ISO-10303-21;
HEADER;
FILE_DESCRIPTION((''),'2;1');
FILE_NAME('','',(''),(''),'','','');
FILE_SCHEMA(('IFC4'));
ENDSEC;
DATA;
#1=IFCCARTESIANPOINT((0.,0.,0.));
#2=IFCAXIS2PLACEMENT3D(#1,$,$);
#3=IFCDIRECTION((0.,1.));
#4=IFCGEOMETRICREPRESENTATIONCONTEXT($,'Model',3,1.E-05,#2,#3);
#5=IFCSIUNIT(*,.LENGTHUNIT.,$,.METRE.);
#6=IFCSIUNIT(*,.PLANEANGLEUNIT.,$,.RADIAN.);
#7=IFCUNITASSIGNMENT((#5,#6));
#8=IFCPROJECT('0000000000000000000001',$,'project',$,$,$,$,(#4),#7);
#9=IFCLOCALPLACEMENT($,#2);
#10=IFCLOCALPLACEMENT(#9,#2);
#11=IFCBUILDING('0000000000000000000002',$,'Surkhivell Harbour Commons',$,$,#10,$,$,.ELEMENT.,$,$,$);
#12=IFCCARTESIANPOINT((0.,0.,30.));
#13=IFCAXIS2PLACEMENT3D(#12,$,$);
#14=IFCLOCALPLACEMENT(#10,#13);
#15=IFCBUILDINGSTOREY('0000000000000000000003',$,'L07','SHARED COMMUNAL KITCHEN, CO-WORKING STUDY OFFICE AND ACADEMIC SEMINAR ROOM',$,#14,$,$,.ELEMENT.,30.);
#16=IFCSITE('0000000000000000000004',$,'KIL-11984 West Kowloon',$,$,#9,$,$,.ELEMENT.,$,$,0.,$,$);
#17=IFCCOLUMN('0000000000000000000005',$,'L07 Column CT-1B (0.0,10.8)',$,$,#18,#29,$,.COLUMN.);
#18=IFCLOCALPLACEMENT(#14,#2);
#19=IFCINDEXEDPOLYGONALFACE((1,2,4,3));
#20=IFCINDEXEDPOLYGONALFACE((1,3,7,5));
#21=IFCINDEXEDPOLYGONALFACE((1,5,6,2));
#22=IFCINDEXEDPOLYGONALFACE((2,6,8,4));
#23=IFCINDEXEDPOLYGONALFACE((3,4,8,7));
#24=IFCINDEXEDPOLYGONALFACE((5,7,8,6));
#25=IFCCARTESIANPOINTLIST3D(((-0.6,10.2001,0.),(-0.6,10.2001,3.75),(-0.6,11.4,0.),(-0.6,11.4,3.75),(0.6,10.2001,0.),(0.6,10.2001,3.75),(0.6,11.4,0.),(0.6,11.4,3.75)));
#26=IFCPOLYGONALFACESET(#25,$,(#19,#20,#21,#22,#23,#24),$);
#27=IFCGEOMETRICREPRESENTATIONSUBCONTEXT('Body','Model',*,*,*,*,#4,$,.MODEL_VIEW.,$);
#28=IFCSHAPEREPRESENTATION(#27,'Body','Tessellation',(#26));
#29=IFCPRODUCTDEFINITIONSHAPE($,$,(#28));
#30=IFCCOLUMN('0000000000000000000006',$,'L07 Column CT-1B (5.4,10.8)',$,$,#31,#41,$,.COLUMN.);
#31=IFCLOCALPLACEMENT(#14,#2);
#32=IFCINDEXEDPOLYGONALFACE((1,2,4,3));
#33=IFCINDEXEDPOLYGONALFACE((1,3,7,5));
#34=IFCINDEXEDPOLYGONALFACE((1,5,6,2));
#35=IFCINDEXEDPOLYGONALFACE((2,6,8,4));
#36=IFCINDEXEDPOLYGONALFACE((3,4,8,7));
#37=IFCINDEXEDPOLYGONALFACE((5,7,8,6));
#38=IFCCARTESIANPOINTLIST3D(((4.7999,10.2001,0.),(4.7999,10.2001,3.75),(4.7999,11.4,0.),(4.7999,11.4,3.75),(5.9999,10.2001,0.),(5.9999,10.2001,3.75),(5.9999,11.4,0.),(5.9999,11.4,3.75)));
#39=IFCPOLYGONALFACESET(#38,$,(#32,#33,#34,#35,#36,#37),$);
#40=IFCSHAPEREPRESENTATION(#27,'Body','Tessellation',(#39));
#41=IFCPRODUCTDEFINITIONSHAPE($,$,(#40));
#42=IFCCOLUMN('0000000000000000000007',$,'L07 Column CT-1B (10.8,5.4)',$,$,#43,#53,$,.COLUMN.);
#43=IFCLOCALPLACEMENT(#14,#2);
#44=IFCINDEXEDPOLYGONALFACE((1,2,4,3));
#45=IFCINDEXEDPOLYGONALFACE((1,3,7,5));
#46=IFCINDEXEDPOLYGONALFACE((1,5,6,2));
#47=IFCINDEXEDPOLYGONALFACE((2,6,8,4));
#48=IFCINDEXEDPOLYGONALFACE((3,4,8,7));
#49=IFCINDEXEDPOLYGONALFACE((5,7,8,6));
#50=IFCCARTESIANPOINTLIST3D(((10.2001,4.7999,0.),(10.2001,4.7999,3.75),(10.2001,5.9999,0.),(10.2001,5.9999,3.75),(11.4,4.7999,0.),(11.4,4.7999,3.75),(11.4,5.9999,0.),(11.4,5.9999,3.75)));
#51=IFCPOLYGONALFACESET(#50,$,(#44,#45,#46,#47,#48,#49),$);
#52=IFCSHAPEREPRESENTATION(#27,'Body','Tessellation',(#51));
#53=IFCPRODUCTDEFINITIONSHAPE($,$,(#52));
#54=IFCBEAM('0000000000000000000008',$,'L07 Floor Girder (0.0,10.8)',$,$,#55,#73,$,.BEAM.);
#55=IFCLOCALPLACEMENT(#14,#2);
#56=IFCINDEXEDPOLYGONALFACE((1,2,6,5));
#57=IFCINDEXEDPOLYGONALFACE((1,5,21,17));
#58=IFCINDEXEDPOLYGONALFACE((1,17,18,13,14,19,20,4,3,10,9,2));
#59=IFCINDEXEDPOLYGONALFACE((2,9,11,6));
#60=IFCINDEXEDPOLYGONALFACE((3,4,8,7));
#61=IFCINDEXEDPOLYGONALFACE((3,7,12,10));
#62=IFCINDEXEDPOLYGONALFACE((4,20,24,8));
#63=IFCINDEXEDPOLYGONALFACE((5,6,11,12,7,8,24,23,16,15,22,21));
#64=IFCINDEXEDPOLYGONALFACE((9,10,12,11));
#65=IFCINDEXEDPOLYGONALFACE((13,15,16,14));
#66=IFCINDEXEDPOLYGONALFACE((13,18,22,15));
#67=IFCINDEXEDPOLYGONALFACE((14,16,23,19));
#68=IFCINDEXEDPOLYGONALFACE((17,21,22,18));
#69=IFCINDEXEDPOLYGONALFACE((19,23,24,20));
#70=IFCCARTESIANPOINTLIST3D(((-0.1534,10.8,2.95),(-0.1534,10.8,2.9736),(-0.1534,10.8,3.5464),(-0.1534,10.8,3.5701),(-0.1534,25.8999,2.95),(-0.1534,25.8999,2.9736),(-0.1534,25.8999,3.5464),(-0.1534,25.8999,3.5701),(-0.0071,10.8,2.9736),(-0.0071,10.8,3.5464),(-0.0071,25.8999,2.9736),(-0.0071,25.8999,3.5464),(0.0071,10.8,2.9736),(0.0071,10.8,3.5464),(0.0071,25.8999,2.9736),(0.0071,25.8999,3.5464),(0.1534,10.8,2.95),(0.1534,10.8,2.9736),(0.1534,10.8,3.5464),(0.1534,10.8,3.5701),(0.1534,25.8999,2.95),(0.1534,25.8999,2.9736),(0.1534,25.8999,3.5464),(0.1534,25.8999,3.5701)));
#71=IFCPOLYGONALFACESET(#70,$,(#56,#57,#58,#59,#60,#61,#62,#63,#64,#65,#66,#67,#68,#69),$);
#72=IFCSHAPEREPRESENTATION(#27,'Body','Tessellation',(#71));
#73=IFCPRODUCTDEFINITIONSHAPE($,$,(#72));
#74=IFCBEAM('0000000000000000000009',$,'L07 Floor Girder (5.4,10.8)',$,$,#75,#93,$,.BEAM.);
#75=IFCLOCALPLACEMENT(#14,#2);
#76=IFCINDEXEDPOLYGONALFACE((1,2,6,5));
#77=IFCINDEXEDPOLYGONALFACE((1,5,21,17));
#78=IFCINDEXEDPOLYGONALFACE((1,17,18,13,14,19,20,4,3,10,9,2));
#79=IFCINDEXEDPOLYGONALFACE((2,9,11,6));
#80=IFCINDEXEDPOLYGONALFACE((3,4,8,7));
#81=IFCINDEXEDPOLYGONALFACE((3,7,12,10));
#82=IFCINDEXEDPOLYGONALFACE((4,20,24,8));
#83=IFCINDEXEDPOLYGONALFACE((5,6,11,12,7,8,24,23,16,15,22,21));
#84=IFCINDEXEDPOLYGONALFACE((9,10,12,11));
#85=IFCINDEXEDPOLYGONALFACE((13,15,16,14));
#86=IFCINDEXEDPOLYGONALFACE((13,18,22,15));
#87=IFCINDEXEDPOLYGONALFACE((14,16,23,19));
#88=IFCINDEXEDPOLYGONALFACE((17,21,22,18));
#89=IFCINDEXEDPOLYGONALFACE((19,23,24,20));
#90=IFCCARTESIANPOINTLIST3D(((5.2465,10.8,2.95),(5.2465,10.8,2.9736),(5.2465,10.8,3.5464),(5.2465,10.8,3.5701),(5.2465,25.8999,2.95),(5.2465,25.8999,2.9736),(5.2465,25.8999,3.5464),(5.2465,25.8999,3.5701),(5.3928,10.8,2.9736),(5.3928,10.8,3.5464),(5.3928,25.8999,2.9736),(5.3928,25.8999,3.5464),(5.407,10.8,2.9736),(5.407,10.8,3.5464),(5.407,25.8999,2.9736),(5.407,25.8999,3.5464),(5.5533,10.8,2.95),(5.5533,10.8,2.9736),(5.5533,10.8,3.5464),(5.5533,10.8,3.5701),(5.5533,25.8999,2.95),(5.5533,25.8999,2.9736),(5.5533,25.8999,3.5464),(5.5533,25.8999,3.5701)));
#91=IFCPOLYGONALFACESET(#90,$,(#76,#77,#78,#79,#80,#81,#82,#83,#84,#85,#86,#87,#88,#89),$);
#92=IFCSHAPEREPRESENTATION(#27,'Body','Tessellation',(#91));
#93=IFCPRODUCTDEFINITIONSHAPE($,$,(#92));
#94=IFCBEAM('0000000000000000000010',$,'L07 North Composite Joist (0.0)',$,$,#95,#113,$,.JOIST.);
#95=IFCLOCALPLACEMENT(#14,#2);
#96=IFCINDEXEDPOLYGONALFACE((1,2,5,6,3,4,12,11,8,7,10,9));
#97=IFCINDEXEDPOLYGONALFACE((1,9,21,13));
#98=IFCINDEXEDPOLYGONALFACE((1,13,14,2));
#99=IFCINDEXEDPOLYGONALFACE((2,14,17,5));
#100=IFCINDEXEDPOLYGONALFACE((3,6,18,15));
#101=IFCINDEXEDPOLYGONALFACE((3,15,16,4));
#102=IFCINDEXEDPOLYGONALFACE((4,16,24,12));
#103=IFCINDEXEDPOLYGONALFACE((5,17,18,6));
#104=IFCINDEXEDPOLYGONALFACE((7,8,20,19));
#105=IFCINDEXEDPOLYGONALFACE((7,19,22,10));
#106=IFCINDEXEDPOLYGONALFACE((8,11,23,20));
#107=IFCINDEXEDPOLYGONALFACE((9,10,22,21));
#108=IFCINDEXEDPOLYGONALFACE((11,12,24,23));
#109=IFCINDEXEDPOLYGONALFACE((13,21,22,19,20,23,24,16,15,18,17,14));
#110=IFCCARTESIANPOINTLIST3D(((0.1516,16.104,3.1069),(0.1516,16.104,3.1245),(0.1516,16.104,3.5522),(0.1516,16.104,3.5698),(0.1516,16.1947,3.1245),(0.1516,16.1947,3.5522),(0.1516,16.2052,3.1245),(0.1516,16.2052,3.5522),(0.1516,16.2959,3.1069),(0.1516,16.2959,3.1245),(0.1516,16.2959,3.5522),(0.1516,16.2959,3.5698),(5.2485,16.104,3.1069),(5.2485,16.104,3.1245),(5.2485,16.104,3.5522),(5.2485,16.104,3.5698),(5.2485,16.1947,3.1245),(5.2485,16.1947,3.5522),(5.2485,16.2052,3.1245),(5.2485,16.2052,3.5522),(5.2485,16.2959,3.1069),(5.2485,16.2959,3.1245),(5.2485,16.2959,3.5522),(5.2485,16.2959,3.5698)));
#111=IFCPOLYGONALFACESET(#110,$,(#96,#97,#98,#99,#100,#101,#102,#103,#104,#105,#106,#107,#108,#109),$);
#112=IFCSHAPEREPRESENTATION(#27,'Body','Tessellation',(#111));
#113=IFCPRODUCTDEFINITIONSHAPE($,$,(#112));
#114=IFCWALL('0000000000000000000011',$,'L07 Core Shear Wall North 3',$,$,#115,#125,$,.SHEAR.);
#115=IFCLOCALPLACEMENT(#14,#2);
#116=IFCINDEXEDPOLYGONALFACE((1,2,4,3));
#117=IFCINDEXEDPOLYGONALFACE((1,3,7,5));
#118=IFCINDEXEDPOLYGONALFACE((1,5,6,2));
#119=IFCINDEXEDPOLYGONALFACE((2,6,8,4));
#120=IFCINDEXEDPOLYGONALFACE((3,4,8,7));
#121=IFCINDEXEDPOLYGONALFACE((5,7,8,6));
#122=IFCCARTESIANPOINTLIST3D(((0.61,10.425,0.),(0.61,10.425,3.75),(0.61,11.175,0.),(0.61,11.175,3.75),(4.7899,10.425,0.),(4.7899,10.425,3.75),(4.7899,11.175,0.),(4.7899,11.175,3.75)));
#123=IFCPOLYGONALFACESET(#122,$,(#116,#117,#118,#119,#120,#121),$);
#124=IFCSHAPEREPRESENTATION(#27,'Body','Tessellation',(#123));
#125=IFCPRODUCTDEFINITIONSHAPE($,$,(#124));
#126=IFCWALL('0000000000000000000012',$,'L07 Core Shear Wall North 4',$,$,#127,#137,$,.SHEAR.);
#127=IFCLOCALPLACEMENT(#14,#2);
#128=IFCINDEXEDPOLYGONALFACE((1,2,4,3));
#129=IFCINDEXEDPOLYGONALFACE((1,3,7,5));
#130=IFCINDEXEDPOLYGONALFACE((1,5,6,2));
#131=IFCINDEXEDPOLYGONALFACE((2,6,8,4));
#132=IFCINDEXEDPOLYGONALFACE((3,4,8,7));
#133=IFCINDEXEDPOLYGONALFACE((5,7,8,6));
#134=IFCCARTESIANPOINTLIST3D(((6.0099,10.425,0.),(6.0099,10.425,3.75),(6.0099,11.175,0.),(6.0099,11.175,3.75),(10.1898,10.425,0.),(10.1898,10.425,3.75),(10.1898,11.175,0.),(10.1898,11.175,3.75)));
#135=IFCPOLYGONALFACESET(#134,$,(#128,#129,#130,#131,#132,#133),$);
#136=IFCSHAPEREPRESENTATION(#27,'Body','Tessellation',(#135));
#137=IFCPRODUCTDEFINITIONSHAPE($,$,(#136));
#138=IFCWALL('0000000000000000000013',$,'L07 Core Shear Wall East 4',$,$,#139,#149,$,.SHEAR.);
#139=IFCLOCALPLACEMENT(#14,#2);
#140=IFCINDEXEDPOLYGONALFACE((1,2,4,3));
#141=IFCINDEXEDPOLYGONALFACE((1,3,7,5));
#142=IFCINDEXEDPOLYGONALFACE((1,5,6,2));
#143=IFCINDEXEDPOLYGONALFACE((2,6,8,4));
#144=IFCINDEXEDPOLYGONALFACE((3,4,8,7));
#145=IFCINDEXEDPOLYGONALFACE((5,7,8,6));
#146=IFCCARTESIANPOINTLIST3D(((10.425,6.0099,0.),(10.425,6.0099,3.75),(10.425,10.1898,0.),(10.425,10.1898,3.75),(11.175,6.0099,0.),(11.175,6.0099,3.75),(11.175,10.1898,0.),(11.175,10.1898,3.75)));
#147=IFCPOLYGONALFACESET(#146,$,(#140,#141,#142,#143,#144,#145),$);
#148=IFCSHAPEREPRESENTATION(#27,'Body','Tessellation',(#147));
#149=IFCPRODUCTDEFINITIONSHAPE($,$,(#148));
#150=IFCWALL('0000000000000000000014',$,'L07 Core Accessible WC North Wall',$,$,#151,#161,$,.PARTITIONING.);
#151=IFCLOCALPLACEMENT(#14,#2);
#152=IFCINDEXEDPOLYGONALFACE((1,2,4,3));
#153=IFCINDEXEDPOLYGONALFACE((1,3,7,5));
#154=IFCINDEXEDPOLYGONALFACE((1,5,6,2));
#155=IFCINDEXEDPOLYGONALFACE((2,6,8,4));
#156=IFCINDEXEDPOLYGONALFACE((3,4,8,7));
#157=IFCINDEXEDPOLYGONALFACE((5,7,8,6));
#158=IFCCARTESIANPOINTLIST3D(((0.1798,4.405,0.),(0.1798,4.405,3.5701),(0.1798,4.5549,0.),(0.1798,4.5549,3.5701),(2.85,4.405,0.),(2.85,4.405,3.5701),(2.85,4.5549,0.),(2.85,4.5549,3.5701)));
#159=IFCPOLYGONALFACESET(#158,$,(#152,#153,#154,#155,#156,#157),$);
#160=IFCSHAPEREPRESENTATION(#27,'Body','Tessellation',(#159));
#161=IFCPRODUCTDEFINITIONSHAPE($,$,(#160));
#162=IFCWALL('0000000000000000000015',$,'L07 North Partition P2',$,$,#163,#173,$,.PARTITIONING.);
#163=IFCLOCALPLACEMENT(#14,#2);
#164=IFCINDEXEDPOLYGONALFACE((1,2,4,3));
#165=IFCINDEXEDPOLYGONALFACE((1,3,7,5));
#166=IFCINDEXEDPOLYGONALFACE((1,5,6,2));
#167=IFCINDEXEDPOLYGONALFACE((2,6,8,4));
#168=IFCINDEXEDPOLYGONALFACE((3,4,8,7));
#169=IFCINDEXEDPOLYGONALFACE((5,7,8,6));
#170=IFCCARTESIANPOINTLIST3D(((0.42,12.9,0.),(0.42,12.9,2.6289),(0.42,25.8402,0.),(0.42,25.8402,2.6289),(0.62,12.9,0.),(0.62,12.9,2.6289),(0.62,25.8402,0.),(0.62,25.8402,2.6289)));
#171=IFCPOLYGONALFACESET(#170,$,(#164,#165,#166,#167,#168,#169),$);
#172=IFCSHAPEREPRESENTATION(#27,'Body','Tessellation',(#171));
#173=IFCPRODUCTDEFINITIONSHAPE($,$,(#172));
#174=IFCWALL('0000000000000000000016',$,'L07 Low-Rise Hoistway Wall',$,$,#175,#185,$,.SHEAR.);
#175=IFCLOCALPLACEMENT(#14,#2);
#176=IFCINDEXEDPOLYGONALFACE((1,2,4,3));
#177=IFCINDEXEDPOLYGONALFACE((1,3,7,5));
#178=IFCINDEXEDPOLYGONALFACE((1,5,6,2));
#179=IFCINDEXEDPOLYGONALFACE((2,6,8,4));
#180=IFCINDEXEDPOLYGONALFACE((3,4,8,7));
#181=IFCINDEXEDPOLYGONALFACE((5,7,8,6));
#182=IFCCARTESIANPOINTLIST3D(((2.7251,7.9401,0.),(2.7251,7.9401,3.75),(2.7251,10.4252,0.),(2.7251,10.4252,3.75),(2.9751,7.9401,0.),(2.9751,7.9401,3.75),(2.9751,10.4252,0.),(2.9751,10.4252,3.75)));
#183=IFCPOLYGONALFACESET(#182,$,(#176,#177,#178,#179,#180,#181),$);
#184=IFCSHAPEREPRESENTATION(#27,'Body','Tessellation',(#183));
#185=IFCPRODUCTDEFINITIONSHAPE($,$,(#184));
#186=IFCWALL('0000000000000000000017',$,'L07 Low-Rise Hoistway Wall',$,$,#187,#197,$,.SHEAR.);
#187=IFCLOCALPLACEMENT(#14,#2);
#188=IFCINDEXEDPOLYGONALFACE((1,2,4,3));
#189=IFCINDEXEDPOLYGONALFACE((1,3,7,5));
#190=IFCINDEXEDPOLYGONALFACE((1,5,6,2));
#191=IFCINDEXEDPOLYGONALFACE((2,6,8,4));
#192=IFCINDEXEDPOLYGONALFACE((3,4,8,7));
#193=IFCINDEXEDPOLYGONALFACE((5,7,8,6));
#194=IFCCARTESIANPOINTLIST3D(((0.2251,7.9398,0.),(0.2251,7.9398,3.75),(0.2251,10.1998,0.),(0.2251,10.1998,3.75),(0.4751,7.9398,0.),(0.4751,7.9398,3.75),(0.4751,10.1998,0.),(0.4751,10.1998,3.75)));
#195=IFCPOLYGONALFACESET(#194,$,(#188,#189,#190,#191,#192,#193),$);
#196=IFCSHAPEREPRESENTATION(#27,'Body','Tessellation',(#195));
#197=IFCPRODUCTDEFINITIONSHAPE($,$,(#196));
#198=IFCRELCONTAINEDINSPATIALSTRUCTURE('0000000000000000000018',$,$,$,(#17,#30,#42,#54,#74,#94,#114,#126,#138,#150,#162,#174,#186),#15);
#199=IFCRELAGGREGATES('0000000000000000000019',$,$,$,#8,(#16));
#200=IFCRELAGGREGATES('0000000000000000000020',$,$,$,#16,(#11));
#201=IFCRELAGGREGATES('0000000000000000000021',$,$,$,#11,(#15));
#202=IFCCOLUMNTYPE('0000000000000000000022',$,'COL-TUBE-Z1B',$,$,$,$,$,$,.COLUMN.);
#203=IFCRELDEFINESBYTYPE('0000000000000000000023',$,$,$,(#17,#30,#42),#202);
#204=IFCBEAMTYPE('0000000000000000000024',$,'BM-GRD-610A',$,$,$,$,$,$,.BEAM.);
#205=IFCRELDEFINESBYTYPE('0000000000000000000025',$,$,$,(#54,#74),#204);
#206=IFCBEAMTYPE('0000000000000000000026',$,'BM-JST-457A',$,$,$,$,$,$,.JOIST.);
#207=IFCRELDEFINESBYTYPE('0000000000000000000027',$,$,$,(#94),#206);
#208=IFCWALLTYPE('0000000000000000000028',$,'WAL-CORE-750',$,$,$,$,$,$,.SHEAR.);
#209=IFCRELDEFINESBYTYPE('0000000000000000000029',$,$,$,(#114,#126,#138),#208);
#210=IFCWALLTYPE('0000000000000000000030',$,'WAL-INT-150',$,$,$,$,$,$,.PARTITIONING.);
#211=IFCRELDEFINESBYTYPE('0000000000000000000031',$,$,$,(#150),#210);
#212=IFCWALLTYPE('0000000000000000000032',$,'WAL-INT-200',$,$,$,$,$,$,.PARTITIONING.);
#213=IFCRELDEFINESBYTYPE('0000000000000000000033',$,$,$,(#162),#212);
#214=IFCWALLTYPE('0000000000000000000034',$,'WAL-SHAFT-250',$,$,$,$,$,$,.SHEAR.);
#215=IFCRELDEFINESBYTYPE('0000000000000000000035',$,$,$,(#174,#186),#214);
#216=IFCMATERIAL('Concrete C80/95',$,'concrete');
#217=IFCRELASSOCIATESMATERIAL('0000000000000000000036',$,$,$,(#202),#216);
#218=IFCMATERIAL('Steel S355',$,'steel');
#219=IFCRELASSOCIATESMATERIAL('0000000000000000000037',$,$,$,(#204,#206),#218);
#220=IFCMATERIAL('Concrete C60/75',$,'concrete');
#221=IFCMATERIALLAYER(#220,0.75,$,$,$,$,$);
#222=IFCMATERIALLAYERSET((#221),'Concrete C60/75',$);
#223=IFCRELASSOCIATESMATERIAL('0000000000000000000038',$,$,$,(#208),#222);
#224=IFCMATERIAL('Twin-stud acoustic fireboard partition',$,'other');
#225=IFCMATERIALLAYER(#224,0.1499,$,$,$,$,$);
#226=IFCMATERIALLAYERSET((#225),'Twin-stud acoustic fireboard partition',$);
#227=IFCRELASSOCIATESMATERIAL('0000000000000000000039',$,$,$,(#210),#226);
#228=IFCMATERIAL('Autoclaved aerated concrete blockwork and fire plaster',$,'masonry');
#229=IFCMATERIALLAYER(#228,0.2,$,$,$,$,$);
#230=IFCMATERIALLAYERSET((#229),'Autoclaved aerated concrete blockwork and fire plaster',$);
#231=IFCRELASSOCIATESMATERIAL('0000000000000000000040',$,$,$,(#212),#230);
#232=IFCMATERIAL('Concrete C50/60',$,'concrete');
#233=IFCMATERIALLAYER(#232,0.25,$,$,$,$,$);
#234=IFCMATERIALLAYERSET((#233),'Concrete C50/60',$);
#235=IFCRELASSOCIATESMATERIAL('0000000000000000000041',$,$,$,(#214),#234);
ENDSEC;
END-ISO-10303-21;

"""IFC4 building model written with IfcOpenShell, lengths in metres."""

from ifc_helpers import new_model, si_unit, direction, frame, frame_2d, origin, origin_2d, place, context, subcontext, project, spatial, rectangle, i_section, extrude, material, layer, layer_set, material_profile, profile_set, type_object, element, save


model = new_model("IFC4")

# Units and contexts
model_context = context("Model", 3, precision=1e-05, world=origin(), true_north=direction((0.0, 1.0)))
body_context = subcontext(model_context, "Body", "Model", "MODEL_VIEW")
ifc_project = project(units=[si_unit("LENGTHUNIT", "METRE"), si_unit("PLANEANGLEUNIT", "RADIAN")], contexts=[model_context])

# Site, building, storey
site_placement = place(None, origin())
site = spatial("IfcSite", under=ifc_project, at=site_placement, Name="KIL-11984 West Kowloon", CompositionType="ELEMENT", RefElevation=0.0)
building_placement = place(site_placement, origin())
building = spatial("IfcBuilding", under=site, at=building_placement, Name="Surkhivell Harbour Commons", CompositionType="ELEMENT")
storey_placement = place(building_placement, frame((0.0, 0.0, 30.0)))
storey = spatial("IfcBuildingStorey", under=building, at=storey_placement, Name="L07", Description="SHARED COMMUNAL KITCHEN, CO-WORKING STUDY OFFICE AND ACADEMIC SEMINAR ROOM", CompositionType="ELEMENT", Elevation=30.0)

# Columns
ifc_material_1 = material(Name="Concrete C80/95", Category="concrete")
ifc_material_profile_1 = material_profile(ifc_material_1, rectangle(XDim=1.2, YDim=1.2, at=origin_2d()), Name="RC-COL-1200x1200")
ifc_profile_set_1 = profile_set([ifc_material_profile_1], Name="Concrete C80/95")
column_type = type_object("IfcColumnType", Name="COL-TUBE-Z1B", PredefinedType="COLUMN", material=ifc_profile_set_1)
for number, where, z_axis, x_axis, name in (
    (1, (0.0, 10.8, 0.0), (0.0, 0.0, 1.0), (1.0, 0.0, 0.0), "L07 Column CT-1B (0.0,10.8)"),
    (2, (5.3999, 10.8, 0.0), (0.0, 0.0, 1.0), (1.0, 0.0, 0.0), "L07 Column CT-1B (5.4,10.8)"),
    (3, (10.8, 5.3999, 0.0), (0.0, 0.0, 1.0), (1.0, 0.0, 0.0), "L07 Column CT-1B (10.8,5.4)"),
):
    element("IfcColumn", number, at=place(storey_placement, frame(where, z_axis=z_axis, x_axis=x_axis)), inside=storey, type_object=column_type, Name=name, PredefinedType="COLUMN", context=body_context, shape_type="SweptSolid", body=[
        extrude(rectangle(XDim=1.2, YDim=1.2, at=origin_2d()), origin(), (0.0, 0.0, 1.0), 3.75),
    ])

# Beams
ifc_material_2 = material(Name="Steel S355", Category="steel")
ifc_material_profile_2 = material_profile(ifc_material_2, i_section(OverallWidth=0.3069, OverallDepth=0.6201, WebThickness=0.0142, FlangeThickness=0.0237, at=origin_2d()), Name="UB610x305x179")
ifc_profile_set_2 = profile_set([ifc_material_profile_2], Name="Steel S355")
beam_type_1 = type_object("IfcBeamType", Name="BM-GRD-610A", PredefinedType="BEAM", material=ifc_profile_set_2)
for number, where, z_axis, x_axis, name in (
    (4, (0.0, 10.8, 3.26), (0.0, 1.0, 0.0), (-1.0, 0.0, 0.0), "L07 Floor Girder (0.0,10.8)"),
    (5, (5.3999, 10.8, 3.26), (0.0, 1.0, 0.0), (-1.0, 0.0, 0.0), "L07 Floor Girder (5.4,10.8)"),
):
    element("IfcBeam", number, at=place(storey_placement, frame(where, z_axis=z_axis, x_axis=x_axis)), inside=storey, type_object=beam_type_1, Name=name, PredefinedType="BEAM", context=body_context, shape_type="SweptSolid", body=[
        extrude(i_section(OverallWidth=0.3069, OverallDepth=0.6201, WebThickness=0.0142, FlangeThickness=0.0237, at=origin_2d()), origin(), (0.0, 0.0, 1.0), 15.0999),
    ])
ifc_material_profile_3 = material_profile(ifc_material_2, i_section(OverallWidth=0.1919, OverallDepth=0.4629, WebThickness=0.0105, FlangeThickness=0.0176, at=origin_2d()), Name="UB457x191x89")
ifc_profile_set_3 = profile_set([ifc_material_profile_3], Name="Steel S355")
beam_type_2 = type_object("IfcBeamType", Name="BM-JST-457A", PredefinedType="JOIST", material=ifc_profile_set_3)
beam_placement = place(storey_placement, frame((0.1516, 16.2, 3.3384), z_axis=(1.0, 0.0, 0.0), x_axis=(0.0, 1.0, 0.0)))
element("IfcBeam", 6, at=beam_placement, inside=storey, type_object=beam_type_2, Name="L07 North Composite Joist (0.0)", PredefinedType="JOIST", context=body_context, shape_type="SweptSolid", body=[
    extrude(i_section(OverallWidth=0.1919, OverallDepth=0.4629, WebThickness=0.0105, FlangeThickness=0.0176, at=origin_2d()), origin(), (0.0, 0.0, 1.0), 5.0969),
])

# Walls
ifc_material_3 = material(Name="Concrete C60/75", Category="concrete")
ifc_layer_1 = layer(ifc_material_3, 0.75)
ifc_layer_set_1 = layer_set([ifc_layer_1], Name="Concrete C60/75")
wall_type_1 = type_object("IfcWallType", Name="WAL-CORE-750", PredefinedType="SHEAR", material=ifc_layer_set_1)
for number, where, z_axis, x_axis, name in (
    (7, (0.6101, 10.8, 0.0), (0.0, 0.0, 1.0), (1.0, 0.0, 0.0), "L07 Core Shear Wall North 3"),
    (8, (6.01, 10.8, 0.0), (0.0, 0.0, 1.0), (1.0, 0.0, 0.0), "L07 Core Shear Wall North 4"),
    (9, (10.8, 6.01, 0.0), (0.0, 0.0, 1.0), (0.0, 1.0, 0.0), "L07 Core Shear Wall East 4"),
):
    element("IfcWall", number, at=place(storey_placement, frame(where, z_axis=z_axis, x_axis=x_axis)), inside=storey, type_object=wall_type_1, Name=name, PredefinedType="SHEAR", context=body_context, shape_type="SweptSolid", body=[
        extrude(rectangle(XDim=4.1799, YDim=0.75, at=frame_2d((2.0898, 0.0))), origin(), (0.0, 0.0, 1.0), 3.75),
    ])
ifc_material_4 = material(Name="Twin-stud acoustic fireboard partition", Category="other")
ifc_layer_2 = layer(ifc_material_4, 0.1499)
ifc_layer_set_2 = layer_set([ifc_layer_2], Name="Twin-stud acoustic fireboard partition")
wall_type_2 = type_object("IfcWallType", Name="WAL-INT-150", PredefinedType="PARTITIONING", material=ifc_layer_set_2)
wall_1_placement = place(storey_placement, frame((0.1799, 4.48, 0.0), z_axis=(0.0, 0.0, 1.0), x_axis=(1.0, 0.0, 0.0)))
element("IfcWall", 10, at=wall_1_placement, inside=storey, type_object=wall_type_2, Name="L07 Core Accessible WC North Wall", PredefinedType="PARTITIONING", context=body_context, shape_type="SweptSolid", body=[
    extrude(rectangle(XDim=2.6702, YDim=0.1499, at=frame_2d((1.335, 0.0))), origin(), (0.0, 0.0, 1.0), 3.5701),
])
ifc_material_5 = material(Name="Autoclaved aerated concrete blockwork and fire plaster", Category="masonry")
ifc_layer_3 = layer(ifc_material_5, 0.2)
ifc_layer_set_3 = layer_set([ifc_layer_3], Name="Autoclaved aerated concrete blockwork and fire plaster")
wall_type_3 = type_object("IfcWallType", Name="WAL-INT-200", PredefinedType="PARTITIONING", material=ifc_layer_set_3)
wall_2_placement = place(storey_placement, frame((0.52, 12.8999, 0.0), z_axis=(0.0, 0.0, 1.0), x_axis=(0.0, 1.0, 0.0)))
element("IfcWall", 11, at=wall_2_placement, inside=storey, type_object=wall_type_3, Name="L07 North Partition P2", PredefinedType="PARTITIONING", context=body_context, shape_type="SweptSolid", body=[
    extrude(rectangle(XDim=12.9402, YDim=0.2, at=frame_2d((6.4702, 0.0))), origin(), (0.0, 0.0, 1.0), 2.6289),
])
ifc_material_6 = material(Name="Concrete C50/60", Category="concrete")
ifc_layer_4 = layer(ifc_material_6, 0.25)
ifc_layer_set_4 = layer_set([ifc_layer_4], Name="Concrete C50/60")
wall_type_4 = type_object("IfcWallType", Name="WAL-SHAFT-250", PredefinedType="SHEAR", material=ifc_layer_set_4)
wall_3_placement = place(storey_placement, frame((2.8501, 7.9399, 0.0), z_axis=(0.0, 0.0, 1.0), x_axis=(0.0, 1.0, 0.0)))
element("IfcWall", 12, at=wall_3_placement, inside=storey, type_object=wall_type_4, Name="L07 Low-Rise Hoistway Wall", PredefinedType="SHEAR", context=body_context, shape_type="SweptSolid", body=[
    extrude(rectangle(XDim=2.4851, YDim=0.25, at=frame_2d((1.2427, 0.0))), origin(), (0.0, 0.0, 1.0), 3.75),
])
for number, where, z_axis, x_axis, name in (
    (13, (0.3501, 7.9399, 0.0), (0.0, 0.0, 1.0), (0.0, 1.0, 0.0), "L07 Low-Rise Hoistway Wall"),
):
    element("IfcWall", number, at=place(storey_placement, frame(where, z_axis=z_axis, x_axis=x_axis)), inside=storey, type_object=wall_type_4, Name=name, PredefinedType="SHEAR", context=body_context, shape_type="SweptSolid", body=[
        extrude(rectangle(XDim=2.26, YDim=0.25, at=frame_2d((1.1299, 0.0))), origin(), (0.0, 0.0, 1.0), 3.75),
    ])

save(model, "model.ifc")
